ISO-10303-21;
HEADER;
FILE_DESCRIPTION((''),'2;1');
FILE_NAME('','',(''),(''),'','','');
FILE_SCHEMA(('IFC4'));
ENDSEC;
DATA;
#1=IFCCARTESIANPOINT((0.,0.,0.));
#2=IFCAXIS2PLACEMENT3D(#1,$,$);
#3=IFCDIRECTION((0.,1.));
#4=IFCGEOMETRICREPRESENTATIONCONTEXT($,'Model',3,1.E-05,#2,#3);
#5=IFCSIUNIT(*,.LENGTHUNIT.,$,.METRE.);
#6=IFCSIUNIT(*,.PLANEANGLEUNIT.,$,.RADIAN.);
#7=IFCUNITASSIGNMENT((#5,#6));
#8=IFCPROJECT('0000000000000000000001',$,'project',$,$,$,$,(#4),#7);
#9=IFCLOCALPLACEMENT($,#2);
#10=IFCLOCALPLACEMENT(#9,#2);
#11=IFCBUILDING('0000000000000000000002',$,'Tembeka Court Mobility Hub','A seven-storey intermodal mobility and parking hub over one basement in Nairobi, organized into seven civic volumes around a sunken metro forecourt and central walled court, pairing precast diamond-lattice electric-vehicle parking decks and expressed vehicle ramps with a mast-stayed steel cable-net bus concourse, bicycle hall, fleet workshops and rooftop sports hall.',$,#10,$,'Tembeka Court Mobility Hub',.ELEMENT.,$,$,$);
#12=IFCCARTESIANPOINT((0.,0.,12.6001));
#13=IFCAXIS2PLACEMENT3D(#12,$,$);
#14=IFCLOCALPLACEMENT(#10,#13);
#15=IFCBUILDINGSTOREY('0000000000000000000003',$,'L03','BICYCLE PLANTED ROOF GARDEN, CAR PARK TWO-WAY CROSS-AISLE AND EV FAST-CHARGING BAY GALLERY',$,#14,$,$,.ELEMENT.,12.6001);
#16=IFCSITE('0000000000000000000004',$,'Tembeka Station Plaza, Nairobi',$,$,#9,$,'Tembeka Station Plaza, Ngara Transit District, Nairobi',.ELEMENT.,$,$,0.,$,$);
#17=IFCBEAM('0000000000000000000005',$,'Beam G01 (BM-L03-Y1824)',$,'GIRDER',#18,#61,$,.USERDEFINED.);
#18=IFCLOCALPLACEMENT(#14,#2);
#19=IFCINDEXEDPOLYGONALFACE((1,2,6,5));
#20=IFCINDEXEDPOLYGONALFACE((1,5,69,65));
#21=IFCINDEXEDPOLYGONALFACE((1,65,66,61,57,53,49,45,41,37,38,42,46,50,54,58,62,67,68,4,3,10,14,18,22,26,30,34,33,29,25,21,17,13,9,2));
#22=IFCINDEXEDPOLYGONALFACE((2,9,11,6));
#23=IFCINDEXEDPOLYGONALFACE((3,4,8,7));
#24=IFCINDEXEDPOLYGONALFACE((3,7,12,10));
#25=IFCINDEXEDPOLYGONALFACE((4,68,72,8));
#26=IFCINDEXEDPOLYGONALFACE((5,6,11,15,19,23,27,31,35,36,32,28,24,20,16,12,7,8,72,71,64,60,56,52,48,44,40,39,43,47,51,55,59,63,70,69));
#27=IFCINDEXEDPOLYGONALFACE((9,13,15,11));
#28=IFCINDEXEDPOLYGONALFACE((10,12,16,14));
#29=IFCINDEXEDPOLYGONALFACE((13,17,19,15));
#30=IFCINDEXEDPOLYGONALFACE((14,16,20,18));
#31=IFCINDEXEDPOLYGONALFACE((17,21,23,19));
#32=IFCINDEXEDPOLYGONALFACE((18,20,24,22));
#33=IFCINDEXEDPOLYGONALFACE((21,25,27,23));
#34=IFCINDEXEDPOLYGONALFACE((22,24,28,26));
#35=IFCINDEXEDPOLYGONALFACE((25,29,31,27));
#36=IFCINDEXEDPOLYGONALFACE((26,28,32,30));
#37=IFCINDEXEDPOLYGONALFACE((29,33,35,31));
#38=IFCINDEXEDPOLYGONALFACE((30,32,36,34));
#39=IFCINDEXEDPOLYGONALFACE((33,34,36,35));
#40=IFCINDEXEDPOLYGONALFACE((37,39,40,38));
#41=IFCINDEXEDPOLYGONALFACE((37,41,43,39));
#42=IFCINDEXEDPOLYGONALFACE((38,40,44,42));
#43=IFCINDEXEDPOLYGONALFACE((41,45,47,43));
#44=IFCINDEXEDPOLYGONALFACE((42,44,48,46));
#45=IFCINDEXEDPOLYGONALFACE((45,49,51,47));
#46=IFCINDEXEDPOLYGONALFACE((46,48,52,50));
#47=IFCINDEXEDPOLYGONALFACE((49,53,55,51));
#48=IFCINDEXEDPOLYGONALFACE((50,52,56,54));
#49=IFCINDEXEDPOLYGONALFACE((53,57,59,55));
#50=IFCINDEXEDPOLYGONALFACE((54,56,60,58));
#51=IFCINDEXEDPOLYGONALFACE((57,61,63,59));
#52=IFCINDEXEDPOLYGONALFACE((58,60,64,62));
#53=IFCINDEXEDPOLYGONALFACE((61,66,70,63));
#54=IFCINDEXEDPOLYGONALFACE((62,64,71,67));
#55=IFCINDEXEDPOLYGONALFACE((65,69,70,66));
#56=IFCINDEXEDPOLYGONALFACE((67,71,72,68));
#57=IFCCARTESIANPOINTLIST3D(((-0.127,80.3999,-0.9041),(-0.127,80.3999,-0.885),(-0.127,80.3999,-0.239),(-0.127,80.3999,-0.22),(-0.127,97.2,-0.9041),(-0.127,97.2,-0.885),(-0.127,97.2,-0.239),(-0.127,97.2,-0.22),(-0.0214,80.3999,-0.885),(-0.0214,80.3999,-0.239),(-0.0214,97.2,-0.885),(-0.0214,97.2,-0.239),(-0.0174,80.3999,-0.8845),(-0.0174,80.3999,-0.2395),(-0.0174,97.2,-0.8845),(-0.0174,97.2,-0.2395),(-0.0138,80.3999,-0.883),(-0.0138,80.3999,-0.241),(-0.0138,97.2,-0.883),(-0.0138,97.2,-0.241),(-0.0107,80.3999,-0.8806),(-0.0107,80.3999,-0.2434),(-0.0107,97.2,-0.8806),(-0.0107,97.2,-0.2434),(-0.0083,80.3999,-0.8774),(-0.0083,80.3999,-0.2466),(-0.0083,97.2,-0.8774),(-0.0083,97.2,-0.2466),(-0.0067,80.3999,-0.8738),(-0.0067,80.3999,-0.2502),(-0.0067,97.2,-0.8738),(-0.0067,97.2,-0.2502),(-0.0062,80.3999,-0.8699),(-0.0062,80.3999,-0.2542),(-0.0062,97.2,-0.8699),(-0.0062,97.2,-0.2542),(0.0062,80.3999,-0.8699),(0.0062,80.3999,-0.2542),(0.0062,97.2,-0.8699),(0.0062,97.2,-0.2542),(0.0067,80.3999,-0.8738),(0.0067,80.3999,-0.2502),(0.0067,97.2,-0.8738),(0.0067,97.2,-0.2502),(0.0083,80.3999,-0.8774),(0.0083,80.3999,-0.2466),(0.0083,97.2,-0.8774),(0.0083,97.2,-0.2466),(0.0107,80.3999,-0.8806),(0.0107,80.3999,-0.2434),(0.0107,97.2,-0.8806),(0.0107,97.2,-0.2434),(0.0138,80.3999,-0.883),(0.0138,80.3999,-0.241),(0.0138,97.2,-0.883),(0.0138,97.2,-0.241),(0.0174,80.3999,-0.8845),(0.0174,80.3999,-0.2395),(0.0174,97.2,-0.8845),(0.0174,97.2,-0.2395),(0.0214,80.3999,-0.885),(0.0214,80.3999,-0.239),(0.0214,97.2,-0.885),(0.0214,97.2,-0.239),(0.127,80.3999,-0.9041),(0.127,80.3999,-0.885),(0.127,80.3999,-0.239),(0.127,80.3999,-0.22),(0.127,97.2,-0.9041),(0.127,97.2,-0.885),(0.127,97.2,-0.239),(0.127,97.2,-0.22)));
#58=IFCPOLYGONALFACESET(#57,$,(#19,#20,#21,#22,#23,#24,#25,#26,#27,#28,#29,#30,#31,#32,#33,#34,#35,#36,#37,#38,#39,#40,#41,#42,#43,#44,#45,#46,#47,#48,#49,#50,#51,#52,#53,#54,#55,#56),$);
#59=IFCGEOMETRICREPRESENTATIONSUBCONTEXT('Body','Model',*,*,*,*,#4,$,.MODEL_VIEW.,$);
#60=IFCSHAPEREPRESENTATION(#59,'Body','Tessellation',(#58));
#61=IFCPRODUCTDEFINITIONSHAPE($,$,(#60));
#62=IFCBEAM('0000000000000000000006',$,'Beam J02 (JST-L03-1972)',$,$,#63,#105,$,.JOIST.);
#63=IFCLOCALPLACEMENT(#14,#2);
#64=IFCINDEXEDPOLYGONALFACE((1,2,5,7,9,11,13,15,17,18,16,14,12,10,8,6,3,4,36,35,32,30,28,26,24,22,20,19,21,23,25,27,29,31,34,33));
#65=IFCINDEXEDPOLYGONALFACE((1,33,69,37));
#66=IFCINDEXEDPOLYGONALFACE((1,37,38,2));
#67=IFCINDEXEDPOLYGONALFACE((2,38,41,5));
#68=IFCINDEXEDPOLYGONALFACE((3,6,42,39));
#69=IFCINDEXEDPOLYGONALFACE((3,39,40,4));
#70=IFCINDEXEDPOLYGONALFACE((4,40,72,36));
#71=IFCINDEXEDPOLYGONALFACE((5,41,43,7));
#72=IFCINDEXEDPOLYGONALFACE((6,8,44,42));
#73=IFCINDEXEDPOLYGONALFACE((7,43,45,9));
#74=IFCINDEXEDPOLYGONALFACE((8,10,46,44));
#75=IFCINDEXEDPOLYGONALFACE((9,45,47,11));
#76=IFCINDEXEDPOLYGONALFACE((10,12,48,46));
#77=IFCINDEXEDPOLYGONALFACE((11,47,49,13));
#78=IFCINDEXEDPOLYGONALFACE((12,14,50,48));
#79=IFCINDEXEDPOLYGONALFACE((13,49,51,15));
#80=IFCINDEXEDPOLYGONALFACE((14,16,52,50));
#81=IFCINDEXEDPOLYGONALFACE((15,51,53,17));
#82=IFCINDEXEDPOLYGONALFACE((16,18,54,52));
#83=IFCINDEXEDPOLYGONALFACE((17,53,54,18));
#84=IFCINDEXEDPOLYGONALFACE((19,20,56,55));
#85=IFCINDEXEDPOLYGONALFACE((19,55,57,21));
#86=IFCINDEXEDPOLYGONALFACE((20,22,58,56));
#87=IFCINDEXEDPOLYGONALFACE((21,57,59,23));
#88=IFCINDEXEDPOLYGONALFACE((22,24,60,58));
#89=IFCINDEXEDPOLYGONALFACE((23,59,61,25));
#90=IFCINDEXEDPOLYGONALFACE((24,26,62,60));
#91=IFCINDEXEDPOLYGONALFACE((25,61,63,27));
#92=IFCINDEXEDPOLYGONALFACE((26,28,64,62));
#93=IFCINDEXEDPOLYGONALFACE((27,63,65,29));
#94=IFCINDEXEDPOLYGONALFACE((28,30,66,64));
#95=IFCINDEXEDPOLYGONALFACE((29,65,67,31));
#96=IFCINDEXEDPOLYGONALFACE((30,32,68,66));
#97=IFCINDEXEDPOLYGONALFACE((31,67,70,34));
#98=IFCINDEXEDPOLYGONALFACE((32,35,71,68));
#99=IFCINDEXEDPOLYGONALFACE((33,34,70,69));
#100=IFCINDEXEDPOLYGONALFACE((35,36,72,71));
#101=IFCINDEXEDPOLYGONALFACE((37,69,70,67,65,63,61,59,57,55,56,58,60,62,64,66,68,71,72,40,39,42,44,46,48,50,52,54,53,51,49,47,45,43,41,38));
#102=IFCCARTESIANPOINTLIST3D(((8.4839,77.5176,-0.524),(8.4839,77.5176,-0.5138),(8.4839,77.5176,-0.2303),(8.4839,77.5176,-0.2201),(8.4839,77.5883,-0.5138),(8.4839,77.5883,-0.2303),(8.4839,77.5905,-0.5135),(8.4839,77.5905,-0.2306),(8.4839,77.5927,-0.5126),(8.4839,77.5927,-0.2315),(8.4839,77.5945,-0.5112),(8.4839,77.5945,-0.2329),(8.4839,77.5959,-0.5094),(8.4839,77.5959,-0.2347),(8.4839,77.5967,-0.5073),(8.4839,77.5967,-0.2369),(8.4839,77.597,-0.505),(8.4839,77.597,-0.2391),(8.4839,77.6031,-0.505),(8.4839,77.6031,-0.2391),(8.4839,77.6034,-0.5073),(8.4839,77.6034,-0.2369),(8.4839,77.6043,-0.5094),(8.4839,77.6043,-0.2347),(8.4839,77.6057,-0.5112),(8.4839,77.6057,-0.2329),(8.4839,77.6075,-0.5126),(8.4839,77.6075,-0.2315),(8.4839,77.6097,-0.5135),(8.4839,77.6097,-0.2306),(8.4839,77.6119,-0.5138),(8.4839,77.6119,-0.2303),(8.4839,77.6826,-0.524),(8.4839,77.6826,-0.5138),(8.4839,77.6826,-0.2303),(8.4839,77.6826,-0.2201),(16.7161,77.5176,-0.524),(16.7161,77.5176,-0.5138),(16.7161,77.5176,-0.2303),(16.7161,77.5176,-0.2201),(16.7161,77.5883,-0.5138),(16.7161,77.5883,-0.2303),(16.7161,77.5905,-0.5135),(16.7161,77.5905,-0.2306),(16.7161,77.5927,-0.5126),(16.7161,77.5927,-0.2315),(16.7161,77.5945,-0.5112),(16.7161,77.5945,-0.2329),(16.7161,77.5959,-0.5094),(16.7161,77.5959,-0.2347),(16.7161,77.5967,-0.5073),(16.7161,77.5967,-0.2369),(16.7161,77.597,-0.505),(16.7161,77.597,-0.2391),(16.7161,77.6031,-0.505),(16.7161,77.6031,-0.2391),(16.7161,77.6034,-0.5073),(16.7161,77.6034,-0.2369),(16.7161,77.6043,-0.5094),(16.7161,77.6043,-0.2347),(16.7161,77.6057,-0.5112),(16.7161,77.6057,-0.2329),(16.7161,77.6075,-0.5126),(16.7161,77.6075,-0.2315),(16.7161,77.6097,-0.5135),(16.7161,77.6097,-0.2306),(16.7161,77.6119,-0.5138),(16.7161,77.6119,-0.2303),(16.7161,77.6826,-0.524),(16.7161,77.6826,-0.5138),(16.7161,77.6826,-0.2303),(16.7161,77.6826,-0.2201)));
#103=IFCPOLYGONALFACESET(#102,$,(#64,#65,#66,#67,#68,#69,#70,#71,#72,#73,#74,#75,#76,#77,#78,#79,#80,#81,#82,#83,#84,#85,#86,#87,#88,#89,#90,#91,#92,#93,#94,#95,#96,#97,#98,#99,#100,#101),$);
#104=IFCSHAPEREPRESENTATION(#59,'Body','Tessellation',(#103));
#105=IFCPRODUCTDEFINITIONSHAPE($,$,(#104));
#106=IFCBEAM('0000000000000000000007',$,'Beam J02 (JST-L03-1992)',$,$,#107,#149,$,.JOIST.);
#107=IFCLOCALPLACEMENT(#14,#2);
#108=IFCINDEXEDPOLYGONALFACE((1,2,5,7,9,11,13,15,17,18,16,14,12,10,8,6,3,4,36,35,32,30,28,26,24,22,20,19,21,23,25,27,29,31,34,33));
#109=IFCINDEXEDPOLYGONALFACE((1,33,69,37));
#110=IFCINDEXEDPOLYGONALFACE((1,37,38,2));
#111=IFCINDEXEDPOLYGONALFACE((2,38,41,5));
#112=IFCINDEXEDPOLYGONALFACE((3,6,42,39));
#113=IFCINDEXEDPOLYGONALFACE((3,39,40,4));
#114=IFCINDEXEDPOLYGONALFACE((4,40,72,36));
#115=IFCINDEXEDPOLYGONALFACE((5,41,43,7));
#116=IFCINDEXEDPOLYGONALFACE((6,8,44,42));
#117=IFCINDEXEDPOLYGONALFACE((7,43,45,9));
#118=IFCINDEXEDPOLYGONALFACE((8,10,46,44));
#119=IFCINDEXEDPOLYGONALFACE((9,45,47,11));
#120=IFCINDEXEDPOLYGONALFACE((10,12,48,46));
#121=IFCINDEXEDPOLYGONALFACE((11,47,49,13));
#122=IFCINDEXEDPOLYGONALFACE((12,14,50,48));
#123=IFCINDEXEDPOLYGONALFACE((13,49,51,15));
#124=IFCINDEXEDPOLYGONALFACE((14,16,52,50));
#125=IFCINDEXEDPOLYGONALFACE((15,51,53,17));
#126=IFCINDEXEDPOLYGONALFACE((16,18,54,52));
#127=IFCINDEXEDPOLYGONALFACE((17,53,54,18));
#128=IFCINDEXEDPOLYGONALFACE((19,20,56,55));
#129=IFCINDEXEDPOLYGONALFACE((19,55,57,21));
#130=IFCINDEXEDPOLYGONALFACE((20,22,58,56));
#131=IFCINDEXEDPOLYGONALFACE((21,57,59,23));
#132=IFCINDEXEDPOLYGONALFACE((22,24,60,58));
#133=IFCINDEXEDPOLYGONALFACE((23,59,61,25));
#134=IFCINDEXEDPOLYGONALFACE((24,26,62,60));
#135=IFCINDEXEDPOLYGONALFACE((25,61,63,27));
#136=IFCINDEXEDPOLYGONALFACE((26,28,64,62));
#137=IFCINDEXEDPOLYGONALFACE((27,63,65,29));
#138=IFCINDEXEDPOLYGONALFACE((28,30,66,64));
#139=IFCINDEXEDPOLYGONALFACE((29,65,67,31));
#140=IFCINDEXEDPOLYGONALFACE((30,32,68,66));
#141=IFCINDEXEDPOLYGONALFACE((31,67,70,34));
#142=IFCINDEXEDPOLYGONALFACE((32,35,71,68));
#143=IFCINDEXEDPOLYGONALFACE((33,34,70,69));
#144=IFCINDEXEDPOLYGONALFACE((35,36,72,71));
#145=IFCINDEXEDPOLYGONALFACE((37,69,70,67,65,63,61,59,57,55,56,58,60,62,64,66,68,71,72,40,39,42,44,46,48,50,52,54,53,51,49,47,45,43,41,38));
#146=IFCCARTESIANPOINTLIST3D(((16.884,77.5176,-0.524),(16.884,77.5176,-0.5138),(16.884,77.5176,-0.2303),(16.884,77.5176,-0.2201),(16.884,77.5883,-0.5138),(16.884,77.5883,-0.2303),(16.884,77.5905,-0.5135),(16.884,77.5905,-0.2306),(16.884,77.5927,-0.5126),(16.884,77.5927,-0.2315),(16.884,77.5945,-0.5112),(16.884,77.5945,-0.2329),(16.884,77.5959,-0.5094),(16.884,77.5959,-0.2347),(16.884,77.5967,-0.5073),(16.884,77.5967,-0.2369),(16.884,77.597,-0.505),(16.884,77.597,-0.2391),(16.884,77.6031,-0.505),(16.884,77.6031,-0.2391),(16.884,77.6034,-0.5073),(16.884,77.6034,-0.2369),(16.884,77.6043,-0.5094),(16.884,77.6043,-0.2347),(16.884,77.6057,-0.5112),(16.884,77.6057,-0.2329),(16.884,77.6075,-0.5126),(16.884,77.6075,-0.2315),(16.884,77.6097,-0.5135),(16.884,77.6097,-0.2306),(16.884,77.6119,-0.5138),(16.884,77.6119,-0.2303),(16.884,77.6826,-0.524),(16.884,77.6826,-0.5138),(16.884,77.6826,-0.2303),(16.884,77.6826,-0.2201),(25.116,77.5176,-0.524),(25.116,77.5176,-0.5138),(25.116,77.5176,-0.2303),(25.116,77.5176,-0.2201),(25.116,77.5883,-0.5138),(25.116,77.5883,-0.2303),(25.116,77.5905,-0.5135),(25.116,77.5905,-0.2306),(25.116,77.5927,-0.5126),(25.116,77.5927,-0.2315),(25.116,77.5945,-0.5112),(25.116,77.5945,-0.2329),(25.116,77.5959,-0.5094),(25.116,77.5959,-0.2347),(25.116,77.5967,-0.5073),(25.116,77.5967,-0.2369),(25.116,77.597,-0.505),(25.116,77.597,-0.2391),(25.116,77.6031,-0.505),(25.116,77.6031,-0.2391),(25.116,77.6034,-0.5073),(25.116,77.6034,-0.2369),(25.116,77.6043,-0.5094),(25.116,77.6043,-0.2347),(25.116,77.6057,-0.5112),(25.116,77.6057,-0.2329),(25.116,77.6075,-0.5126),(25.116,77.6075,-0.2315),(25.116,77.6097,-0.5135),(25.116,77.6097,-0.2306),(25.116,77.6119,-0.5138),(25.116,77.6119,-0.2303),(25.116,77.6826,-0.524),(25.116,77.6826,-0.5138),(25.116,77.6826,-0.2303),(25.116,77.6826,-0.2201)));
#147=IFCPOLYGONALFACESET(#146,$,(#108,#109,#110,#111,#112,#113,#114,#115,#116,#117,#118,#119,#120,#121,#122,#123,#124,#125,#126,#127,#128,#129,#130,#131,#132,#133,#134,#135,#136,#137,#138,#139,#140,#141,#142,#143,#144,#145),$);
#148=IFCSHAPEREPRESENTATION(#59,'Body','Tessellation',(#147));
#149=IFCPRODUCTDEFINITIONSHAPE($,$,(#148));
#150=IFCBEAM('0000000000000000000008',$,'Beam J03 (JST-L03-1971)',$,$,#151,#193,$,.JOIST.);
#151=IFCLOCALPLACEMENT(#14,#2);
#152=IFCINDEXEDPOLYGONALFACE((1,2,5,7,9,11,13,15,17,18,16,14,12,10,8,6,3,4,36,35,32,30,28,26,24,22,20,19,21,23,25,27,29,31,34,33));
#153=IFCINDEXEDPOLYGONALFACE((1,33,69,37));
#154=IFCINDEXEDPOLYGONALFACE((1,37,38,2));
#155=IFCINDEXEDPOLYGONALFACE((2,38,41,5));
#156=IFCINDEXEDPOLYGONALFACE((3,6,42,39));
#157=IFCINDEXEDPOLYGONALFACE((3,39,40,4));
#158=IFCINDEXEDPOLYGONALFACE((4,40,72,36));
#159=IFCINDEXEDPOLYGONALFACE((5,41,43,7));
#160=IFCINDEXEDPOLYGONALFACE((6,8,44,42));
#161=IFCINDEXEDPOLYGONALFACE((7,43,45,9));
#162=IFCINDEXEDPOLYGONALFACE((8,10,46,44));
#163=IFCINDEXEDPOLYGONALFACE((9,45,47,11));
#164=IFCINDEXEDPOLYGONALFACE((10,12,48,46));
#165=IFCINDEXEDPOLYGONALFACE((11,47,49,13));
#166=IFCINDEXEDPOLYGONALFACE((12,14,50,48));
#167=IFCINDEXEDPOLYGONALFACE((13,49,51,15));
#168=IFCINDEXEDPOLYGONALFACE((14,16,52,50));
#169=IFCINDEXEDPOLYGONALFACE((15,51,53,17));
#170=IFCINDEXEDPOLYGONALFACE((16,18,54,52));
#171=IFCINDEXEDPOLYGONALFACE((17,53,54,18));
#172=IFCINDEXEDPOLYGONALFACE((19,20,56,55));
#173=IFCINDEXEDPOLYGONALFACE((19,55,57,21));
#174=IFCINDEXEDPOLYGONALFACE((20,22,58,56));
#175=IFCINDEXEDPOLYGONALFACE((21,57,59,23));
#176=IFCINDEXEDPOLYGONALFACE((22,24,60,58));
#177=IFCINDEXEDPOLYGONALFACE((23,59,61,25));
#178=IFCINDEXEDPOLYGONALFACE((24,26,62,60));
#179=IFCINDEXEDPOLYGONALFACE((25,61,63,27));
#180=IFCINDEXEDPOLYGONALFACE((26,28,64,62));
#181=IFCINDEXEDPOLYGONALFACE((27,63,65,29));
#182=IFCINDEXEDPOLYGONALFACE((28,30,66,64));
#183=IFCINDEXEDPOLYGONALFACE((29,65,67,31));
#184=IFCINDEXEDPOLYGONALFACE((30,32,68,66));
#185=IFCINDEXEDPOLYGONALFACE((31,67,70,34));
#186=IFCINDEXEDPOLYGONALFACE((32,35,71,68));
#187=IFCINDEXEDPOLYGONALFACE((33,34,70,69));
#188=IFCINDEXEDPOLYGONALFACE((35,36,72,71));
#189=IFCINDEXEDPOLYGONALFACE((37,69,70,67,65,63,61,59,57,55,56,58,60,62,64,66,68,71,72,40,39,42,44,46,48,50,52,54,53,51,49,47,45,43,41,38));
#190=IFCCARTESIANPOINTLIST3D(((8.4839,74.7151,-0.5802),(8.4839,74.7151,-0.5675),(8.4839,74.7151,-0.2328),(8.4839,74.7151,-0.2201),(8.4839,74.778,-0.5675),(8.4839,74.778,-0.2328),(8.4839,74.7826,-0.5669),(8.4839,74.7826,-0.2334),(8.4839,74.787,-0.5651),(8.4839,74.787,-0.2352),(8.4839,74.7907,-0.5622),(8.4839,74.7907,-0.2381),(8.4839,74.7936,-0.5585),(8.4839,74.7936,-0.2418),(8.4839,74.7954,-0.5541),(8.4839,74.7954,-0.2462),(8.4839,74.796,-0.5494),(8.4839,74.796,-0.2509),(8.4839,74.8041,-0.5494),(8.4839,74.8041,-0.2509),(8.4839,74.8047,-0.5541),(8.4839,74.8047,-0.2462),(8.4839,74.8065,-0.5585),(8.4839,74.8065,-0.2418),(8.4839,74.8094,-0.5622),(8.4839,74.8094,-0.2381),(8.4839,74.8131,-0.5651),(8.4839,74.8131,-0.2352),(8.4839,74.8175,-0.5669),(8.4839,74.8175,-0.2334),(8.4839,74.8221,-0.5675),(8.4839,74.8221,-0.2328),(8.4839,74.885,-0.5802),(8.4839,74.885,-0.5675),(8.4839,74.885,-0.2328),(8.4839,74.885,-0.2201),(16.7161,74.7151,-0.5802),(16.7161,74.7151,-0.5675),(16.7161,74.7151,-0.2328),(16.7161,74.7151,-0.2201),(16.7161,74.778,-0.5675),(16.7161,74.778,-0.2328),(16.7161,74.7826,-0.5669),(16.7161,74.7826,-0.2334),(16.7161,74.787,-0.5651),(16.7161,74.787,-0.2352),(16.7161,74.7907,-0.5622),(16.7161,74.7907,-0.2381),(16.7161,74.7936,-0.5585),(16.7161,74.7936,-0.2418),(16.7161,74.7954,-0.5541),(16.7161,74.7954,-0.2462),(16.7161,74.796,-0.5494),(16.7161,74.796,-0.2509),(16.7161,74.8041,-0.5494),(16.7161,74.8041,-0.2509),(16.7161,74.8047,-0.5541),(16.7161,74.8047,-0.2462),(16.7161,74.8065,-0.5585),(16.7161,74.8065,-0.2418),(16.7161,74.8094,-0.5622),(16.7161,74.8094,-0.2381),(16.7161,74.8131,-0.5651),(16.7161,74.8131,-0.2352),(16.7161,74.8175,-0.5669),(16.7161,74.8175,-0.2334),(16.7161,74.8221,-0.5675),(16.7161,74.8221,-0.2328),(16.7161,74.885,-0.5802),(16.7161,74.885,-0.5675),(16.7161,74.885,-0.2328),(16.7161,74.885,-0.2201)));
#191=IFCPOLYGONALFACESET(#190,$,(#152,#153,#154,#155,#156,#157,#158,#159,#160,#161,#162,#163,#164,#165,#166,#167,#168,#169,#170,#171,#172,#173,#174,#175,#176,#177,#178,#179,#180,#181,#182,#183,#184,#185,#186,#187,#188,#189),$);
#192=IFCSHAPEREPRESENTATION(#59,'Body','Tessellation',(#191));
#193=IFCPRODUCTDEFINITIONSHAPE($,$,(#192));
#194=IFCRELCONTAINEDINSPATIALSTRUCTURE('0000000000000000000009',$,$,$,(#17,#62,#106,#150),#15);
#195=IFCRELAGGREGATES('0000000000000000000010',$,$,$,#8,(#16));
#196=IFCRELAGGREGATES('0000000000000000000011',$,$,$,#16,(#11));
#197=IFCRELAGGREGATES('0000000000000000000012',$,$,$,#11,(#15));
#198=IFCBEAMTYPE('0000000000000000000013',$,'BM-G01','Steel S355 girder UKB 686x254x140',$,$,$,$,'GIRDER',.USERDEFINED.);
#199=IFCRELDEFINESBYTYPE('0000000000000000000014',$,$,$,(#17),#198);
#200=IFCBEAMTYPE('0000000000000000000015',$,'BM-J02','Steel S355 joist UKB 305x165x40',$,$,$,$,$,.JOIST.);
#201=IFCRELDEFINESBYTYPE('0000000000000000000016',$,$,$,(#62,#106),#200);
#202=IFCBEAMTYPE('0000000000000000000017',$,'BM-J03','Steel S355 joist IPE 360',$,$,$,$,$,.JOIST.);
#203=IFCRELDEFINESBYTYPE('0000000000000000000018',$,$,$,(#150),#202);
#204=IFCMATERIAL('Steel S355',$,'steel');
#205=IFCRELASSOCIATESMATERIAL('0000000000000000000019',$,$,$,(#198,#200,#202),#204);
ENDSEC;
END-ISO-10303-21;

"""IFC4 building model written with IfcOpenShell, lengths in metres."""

from ifc_helpers import new_model, si_unit, direction, frame, origin, origin_2d, place, context, subcontext, project, spatial, i_section, extrude, material, material_profile, profile_set, type_object, element, save


model = new_model("IFC4")

# Units and contexts
model_context = context("Model", 3, precision=1e-05, world=origin(), true_north=direction((0.0, 1.0)))
body_context = subcontext(model_context, "Body", "Model", "MODEL_VIEW")
ifc_project = project(units=[si_unit("LENGTHUNIT", "METRE"), si_unit("PLANEANGLEUNIT", "RADIAN")], contexts=[model_context])

# Site, building, storey
site_placement = place(None, origin())
site = spatial("IfcSite", under=ifc_project, at=site_placement, Name="Tembeka Station Plaza, Nairobi", LongName="Tembeka Station Plaza, Ngara Transit District, Nairobi", CompositionType="ELEMENT", RefElevation=0.0)
building_placement = place(site_placement, origin())
building = spatial("IfcBuilding", under=site, at=building_placement, Name="Tembeka Court Mobility Hub", Description="A seven-storey intermodal mobility and parking hub over one basement in Nairobi, organized into seven civic volumes around a sunken metro forecourt and central walled court, pairing precast diamond-lattice electric-vehicle parking decks and expressed vehicle ramps with a mast-stayed steel cable-net bus concourse, bicycle hall, fleet workshops and rooftop sports hall.", LongName="Tembeka Court Mobility Hub", CompositionType="ELEMENT")
storey_placement = place(building_placement, frame((0.0, 0.0, 12.6001)))
storey = spatial("IfcBuildingStorey", under=building, at=storey_placement, Name="L03", Description="BICYCLE PLANTED ROOF GARDEN, CAR PARK TWO-WAY CROSS-AISLE AND EV FAST-CHARGING BAY GALLERY", CompositionType="ELEMENT", Elevation=12.6001)

# Shared definitions
ifc_material_1 = material(Name="Steel S355", Category="steel")

# Beams
ifc_material_profile_1 = material_profile(ifc_material_1, i_section(OverallWidth=0.2539, OverallDepth=0.6841, WebThickness=0.0125, FlangeThickness=0.019, FilletRadius=0.0151, at=origin_2d()), Name="UKB 686x254x140")
ifc_profile_set_1 = profile_set([ifc_material_profile_1], Name="Steel S355")
beam_type_1 = type_object("IfcBeamType", Name="BM-G01", Description="Steel S355 girder UKB 686x254x140", ElementType="GIRDER", PredefinedType="USERDEFINED", material=ifc_profile_set_1)
beam_1_placement = place(storey_placement, frame((0.0, 80.3999, -0.562), z_axis=(0.0, 1.0, 0.0), x_axis=(-1.0, 0.0, 0.0)))
element("IfcBeam", 1, at=beam_1_placement, inside=storey, type_object=beam_type_1, Name="Beam G01 (BM-L03-Y1824)", ObjectType="GIRDER", PredefinedType="USERDEFINED", context=body_context, shape_type="SweptSolid", body=[
    extrude(i_section(OverallWidth=0.2539, OverallDepth=0.6841, WebThickness=0.0125, FlangeThickness=0.019, FilletRadius=0.0151, at=origin_2d()), origin(), (0.0, 0.0, 1.0), 16.8),
])
ifc_material_profile_2 = material_profile(ifc_material_1, i_section(OverallWidth=0.165, OverallDepth=0.304, WebThickness=0.0061, FlangeThickness=0.0103, FilletRadius=0.0088, at=origin_2d()), Name="UKB 305x165x40")
ifc_profile_set_2 = profile_set([ifc_material_profile_2], Name="Steel S355")
beam_type_2 = type_object("IfcBeamType", Name="BM-J02", Description="Steel S355 joist UKB 305x165x40", PredefinedType="JOIST", material=ifc_profile_set_2)
beam_2_placement = place(storey_placement, frame((8.4839, 77.6001, -0.3721), z_axis=(1.0, 0.0, 0.0), x_axis=(0.0, 1.0, 0.0)))
element("IfcBeam", 2, at=beam_2_placement, inside=storey, type_object=beam_type_2, Name="Beam J02 (JST-L03-1972)", PredefinedType="JOIST", context=body_context, shape_type="SweptSolid", body=[
    extrude(i_section(OverallWidth=0.165, OverallDepth=0.304, WebThickness=0.0061, FlangeThickness=0.0103, FilletRadius=0.0088, at=origin_2d()), origin(), (0.0, 0.0, 1.0), 8.2322),
])
beam_3_placement = place(storey_placement, frame((16.884, 77.6001, -0.3721), z_axis=(1.0, 0.0, 0.0), x_axis=(0.0, 1.0, 0.0)))
element("IfcBeam", 3, at=beam_3_placement, inside=storey, type_object=beam_type_2, Name="Beam J02 (JST-L03-1992)", PredefinedType="JOIST", context=body_context, shape_type="SweptSolid", body=[
    extrude(i_section(OverallWidth=0.165, OverallDepth=0.304, WebThickness=0.0061, FlangeThickness=0.0103, FilletRadius=0.0088, at=origin_2d()), origin(), (0.0, 0.0, 1.0), 8.2319),
])
ifc_material_profile_3 = material_profile(ifc_material_1, i_section(OverallWidth=0.1699, OverallDepth=0.3601, WebThickness=0.0081, FlangeThickness=0.0127, FilletRadius=0.0181, at=origin_2d()), Name="IPE 360")
ifc_profile_set_3 = profile_set([ifc_material_profile_3], Name="Steel S355")
beam_type_3 = type_object("IfcBeamType", Name="BM-J03", Description="Steel S355 joist IPE 360", PredefinedType="JOIST", material=ifc_profile_set_3)
beam_4_placement = place(storey_placement, frame((8.4839, 74.8, -0.4001), z_axis=(1.0, 0.0, 0.0), x_axis=(0.0, 1.0, 0.0)))
element("IfcBeam", 4, at=beam_4_placement, inside=storey, type_object=beam_type_3, Name="Beam J03 (JST-L03-1971)", PredefinedType="JOIST", context=body_context, shape_type="SweptSolid", body=[
    extrude(i_section(OverallWidth=0.1699, OverallDepth=0.3601, WebThickness=0.0081, FlangeThickness=0.0127, FilletRadius=0.0181, at=origin_2d()), origin(), (0.0, 0.0, 1.0), 8.2322),
])

save(model, "model.ifc")
